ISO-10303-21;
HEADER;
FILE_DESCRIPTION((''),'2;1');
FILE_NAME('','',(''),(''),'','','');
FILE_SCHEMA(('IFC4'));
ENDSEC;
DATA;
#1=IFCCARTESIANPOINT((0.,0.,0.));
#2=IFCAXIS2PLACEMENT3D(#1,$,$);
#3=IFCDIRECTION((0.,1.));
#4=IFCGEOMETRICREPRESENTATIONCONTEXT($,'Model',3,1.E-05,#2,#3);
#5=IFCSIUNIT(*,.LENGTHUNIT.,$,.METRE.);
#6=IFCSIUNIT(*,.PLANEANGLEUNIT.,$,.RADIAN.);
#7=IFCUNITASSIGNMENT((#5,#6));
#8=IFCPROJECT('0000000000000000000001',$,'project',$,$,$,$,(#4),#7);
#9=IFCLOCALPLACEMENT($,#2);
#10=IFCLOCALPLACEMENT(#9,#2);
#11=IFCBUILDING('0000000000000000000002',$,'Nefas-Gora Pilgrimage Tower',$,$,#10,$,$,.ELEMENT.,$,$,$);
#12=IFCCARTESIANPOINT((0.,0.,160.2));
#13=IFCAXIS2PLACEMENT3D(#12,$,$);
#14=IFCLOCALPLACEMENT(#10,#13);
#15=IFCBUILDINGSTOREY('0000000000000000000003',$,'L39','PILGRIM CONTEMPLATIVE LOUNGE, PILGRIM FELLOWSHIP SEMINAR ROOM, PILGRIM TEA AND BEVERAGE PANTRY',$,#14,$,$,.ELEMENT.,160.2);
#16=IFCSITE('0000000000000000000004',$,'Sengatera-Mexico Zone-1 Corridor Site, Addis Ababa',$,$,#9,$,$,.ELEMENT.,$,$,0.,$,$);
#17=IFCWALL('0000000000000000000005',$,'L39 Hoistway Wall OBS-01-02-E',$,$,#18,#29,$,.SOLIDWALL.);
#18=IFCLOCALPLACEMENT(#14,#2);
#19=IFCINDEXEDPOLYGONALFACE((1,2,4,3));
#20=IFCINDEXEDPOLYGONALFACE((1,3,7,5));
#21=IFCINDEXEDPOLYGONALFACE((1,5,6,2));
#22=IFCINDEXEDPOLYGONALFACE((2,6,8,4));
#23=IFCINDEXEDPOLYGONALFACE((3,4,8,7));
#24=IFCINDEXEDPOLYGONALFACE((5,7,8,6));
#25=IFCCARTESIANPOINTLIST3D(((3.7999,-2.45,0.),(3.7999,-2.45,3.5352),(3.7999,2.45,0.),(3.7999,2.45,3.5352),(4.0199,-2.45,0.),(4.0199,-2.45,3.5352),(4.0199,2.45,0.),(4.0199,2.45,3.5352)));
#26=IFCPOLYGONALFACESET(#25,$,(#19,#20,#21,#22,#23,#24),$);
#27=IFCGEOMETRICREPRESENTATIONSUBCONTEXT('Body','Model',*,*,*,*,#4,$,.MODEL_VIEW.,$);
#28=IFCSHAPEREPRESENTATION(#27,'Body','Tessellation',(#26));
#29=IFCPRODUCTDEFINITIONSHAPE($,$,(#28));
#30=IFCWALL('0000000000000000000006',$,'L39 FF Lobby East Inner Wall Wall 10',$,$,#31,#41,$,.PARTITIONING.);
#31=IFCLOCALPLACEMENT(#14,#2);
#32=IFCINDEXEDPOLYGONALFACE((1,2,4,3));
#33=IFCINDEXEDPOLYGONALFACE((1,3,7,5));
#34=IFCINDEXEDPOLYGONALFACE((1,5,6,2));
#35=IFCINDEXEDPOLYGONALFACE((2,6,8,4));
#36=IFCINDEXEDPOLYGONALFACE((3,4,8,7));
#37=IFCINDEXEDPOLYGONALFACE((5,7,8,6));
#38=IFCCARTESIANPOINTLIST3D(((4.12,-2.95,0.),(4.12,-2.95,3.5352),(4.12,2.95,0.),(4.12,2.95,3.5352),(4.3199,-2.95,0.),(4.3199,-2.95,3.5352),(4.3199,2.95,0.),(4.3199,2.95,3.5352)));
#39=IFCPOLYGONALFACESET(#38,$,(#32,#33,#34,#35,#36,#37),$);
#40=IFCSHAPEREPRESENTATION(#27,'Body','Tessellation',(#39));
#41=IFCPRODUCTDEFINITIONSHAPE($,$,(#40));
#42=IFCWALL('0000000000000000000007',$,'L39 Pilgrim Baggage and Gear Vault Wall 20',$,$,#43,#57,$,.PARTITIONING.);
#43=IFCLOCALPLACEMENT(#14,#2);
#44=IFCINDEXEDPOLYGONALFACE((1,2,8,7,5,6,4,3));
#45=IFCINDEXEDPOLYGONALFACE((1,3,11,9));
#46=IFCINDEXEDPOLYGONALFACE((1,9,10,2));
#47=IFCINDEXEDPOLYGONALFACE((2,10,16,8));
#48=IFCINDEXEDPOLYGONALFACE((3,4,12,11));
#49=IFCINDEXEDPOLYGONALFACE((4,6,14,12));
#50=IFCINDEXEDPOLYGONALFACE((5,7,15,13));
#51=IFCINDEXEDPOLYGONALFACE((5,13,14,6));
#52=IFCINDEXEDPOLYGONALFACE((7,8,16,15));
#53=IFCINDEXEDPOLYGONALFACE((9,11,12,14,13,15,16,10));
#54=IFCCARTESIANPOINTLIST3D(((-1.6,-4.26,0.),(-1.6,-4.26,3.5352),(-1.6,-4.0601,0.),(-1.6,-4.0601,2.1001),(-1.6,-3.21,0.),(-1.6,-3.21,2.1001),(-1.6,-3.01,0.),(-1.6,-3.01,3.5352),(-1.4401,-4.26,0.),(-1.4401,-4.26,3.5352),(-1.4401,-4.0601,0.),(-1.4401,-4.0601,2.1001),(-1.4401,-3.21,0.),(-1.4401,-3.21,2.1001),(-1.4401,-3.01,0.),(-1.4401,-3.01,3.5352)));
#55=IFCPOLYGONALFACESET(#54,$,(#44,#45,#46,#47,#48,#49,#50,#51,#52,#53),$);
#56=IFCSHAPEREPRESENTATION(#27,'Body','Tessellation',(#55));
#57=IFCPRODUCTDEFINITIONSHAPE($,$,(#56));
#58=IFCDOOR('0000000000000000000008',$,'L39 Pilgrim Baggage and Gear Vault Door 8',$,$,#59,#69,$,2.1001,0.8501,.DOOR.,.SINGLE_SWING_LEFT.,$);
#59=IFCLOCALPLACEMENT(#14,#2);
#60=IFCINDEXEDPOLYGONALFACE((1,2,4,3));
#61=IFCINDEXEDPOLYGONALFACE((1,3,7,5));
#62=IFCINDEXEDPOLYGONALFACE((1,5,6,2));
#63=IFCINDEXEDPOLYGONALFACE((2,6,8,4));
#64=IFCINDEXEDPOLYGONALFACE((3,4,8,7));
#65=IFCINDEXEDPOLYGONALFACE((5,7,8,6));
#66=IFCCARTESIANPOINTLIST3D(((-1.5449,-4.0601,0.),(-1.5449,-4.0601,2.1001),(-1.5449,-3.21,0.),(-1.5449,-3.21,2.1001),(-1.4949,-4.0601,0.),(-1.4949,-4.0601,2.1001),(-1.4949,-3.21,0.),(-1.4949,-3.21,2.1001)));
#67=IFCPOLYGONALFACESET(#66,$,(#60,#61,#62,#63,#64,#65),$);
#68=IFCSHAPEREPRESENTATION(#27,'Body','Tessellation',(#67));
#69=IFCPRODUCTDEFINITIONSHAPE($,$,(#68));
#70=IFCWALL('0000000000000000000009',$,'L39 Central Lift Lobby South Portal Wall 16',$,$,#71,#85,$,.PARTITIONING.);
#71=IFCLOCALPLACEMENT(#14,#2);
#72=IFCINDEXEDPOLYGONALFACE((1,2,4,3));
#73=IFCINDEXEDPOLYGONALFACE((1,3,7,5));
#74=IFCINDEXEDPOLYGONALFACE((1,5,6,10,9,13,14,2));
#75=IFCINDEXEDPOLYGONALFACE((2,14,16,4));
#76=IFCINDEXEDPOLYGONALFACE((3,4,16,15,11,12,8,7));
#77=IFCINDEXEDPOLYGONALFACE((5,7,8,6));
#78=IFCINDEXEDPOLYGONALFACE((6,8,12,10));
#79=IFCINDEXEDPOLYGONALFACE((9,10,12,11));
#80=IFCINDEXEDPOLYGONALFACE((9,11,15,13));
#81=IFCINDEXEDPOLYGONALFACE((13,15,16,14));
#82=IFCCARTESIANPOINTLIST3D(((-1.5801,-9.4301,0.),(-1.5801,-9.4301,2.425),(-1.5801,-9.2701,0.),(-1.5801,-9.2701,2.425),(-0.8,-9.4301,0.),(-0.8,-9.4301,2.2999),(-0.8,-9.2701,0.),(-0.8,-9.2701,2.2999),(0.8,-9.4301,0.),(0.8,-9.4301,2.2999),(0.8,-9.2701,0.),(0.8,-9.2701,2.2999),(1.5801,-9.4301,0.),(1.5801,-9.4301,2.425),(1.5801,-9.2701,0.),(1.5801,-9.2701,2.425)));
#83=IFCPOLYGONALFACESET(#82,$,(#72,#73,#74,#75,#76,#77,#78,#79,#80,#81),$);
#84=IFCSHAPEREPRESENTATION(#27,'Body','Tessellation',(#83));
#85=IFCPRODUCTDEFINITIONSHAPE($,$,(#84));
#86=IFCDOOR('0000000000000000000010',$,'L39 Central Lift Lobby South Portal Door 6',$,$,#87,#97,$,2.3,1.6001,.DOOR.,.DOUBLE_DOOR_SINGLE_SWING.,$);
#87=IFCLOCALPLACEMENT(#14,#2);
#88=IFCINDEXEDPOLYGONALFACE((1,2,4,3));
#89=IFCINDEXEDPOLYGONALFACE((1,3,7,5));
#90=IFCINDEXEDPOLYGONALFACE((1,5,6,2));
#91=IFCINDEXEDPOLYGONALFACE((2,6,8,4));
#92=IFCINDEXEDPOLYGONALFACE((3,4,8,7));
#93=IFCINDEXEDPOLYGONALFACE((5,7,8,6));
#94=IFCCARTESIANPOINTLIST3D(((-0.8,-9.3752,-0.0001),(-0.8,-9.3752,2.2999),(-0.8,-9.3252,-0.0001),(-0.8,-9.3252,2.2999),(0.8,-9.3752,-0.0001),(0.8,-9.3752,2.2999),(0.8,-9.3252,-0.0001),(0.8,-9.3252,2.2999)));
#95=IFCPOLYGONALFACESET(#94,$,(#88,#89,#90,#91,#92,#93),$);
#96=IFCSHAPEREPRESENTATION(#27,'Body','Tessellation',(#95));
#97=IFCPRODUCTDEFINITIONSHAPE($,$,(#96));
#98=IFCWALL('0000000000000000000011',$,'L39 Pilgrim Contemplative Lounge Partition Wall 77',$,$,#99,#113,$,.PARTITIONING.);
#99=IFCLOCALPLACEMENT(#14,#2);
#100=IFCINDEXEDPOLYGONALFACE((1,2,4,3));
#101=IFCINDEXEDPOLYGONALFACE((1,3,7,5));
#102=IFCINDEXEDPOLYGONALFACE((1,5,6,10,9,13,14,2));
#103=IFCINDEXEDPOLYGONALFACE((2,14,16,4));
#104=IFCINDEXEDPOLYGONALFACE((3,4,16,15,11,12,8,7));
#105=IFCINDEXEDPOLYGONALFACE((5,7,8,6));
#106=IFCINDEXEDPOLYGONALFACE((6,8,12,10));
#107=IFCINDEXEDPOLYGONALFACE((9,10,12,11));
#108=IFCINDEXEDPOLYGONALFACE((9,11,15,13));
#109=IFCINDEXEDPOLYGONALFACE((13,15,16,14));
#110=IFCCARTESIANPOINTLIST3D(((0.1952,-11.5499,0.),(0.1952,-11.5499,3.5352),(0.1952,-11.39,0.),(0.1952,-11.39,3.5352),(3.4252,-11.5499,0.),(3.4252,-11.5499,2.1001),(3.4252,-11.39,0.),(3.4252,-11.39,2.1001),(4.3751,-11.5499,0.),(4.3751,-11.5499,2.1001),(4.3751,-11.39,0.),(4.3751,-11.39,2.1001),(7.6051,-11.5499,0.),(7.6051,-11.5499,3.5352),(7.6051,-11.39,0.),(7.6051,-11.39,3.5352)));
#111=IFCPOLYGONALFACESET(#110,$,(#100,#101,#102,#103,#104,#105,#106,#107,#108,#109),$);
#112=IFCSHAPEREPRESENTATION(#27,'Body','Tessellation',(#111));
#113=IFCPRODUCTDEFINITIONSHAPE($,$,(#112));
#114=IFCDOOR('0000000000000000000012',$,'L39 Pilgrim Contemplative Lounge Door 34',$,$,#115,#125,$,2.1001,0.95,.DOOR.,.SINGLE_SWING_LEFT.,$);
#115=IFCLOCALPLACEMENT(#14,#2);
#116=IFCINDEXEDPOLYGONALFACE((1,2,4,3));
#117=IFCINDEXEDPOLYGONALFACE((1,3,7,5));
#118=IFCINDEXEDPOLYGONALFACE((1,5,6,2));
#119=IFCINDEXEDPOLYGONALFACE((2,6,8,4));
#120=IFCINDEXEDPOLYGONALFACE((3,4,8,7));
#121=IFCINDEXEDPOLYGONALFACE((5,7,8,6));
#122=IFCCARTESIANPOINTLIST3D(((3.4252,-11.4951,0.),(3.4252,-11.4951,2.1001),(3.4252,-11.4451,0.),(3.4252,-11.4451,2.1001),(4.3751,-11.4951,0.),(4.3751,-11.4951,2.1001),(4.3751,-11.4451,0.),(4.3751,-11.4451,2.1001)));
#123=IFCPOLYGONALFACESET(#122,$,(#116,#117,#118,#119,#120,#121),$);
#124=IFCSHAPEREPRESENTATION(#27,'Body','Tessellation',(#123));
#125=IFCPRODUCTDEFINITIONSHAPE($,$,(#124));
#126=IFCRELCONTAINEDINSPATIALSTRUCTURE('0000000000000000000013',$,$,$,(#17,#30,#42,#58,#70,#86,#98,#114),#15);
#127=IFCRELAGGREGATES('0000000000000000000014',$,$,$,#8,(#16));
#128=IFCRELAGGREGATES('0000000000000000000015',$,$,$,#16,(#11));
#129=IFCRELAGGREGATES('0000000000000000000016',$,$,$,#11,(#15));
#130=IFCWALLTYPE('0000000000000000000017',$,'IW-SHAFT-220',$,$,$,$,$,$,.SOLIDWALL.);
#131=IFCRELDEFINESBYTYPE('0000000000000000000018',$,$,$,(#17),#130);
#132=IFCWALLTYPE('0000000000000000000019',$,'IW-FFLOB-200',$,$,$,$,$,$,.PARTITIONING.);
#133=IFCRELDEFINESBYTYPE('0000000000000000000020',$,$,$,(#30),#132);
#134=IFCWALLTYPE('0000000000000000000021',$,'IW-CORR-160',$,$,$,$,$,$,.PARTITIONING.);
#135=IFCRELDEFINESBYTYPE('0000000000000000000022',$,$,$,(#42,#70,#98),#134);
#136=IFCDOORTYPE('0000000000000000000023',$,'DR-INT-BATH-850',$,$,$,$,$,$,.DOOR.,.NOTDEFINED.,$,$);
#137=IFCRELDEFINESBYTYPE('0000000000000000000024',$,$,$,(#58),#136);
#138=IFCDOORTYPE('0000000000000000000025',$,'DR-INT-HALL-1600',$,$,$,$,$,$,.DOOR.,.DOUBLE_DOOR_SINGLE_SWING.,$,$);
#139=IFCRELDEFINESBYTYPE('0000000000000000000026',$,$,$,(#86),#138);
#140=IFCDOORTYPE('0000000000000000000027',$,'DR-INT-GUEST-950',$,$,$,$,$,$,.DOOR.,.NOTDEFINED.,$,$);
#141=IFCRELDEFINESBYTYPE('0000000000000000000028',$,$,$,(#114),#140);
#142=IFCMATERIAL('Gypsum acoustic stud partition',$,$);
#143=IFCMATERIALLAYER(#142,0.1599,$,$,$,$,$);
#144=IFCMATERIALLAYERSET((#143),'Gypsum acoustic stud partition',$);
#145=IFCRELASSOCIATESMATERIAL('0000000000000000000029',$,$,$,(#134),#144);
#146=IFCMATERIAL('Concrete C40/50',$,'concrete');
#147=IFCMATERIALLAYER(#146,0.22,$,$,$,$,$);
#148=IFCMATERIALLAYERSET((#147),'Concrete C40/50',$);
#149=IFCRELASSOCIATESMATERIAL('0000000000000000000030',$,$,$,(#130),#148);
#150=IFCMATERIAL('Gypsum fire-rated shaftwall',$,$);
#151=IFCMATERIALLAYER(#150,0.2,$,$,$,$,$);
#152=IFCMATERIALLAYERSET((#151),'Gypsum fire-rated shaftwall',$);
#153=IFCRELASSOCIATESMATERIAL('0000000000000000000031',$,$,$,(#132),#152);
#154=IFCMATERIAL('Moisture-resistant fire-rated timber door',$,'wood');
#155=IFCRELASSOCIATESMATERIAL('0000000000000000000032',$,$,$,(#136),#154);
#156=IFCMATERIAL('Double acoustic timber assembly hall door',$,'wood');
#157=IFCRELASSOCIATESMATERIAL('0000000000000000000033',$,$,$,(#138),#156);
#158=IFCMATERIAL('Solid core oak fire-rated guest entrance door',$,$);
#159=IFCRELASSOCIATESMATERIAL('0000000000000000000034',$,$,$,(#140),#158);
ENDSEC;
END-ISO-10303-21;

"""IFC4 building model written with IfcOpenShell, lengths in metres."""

from ifc_helpers import new_model, si_unit, direction, frame, frame_2d, origin, place, context, subcontext, project, spatial, rectangle, extrude, source, transform, mapped, material, layer, layer_set, type_object, element, fill, save


model = new_model("IFC4")

# Units and contexts
model_context = context("Model", 3, precision=1e-05, world=origin(), true_north=direction((0.0, 1.0)))
body_context = subcontext(model_context, "Body", "Model", "MODEL_VIEW")
ifc_project = project(units=[si_unit("LENGTHUNIT", "METRE"), si_unit("PLANEANGLEUNIT", "RADIAN")], contexts=[model_context])

# Site, building, storey
site_placement = place(None, origin())
site = spatial("IfcSite", under=ifc_project, at=site_placement, Name="Sengatera-Mexico Zone-1 Corridor Site, Addis Ababa", CompositionType="ELEMENT", RefElevation=0.0)
building_placement = place(site_placement, origin())
building = spatial("IfcBuilding", under=site, at=building_placement, Name="Nefas-Gora Pilgrimage Tower", CompositionType="ELEMENT")
storey_placement = place(building_placement, frame((0.0, 0.0, 160.2)))
storey = spatial("IfcBuildingStorey", under=building, at=storey_placement, Name="L39", Description="PILGRIM CONTEMPLATIVE LOUNGE, PILGRIM FELLOWSHIP SEMINAR ROOM, PILGRIM TEA AND BEVERAGE PANTRY", CompositionType="ELEMENT", Elevation=160.2)

# Shared definitions
ifc_material_1 = material(Name="Gypsum acoustic stud partition")
ifc_layer_1 = layer(ifc_material_1, 0.1599)
ifc_layer_set_1 = layer_set([ifc_layer_1], Name="Gypsum acoustic stud partition")
wall_type_1 = type_object("IfcWallType", Name="IW-CORR-160", PredefinedType="PARTITIONING", material=ifc_layer_set_1)
ifc_material_2 = material(Name="Concrete C40/50", Category="concrete")
ifc_layer_2 = layer(ifc_material_2, 0.22)
ifc_layer_set_2 = layer_set([ifc_layer_2], Name="Concrete C40/50")
wall_type_2 = type_object("IfcWallType", Name="IW-SHAFT-220", PredefinedType="SOLIDWALL", material=ifc_layer_set_2)

# Walls
shared_shape_1 = source(origin(), body_context, "Body", "SweptSolid", [
    extrude(rectangle(XDim=4.8999, YDim=0.22, at=frame_2d((2.45, 0.0))), origin(), (0.0, 0.0, 1.0), 3.5352),
])
wall_1_placement = place(storey_placement, frame((3.9099, -2.45, 0.0), z_axis=(0.0, 0.0, 1.0), x_axis=(0.0, 1.0, 0.0)))
element("IfcWall", 1, at=wall_1_placement, inside=storey, type_object=wall_type_2, Name="L39 Hoistway Wall OBS-01-02-E", PredefinedType="SOLIDWALL", context=body_context, shape_type="MappedRepresentation", body=[
    mapped(shared_shape_1, transform((0.0, 0.0, 0.0), x_axis=(1.0, 0.0, 0.0), y_axis=(0.0, 1.0, 0.0), z_axis=(0.0, 0.0, 1.0), scale=1.0)),
])
ifc_material_3 = material(Name="Gypsum fire-rated shaftwall")
ifc_layer_3 = layer(ifc_material_3, 0.2)
ifc_layer_set_3 = layer_set([ifc_layer_3], Name="Gypsum fire-rated shaftwall")
wall_type_3 = type_object("IfcWallType", Name="IW-FFLOB-200", PredefinedType="PARTITIONING", material=ifc_layer_set_3)
shared_shape_2 = source(origin(), body_context, "Body", "SweptSolid", [
    extrude(rectangle(XDim=5.8999, YDim=0.2, at=frame_2d((2.95, 0.0))), origin(), (0.0, 0.0, 1.0), 3.5352),
])
wall_2_placement = place(storey_placement, frame((4.22, -2.95, 0.0), z_axis=(0.0, 0.0, 1.0), x_axis=(0.0, 1.0, 0.0)))
element("IfcWall", 2, at=wall_2_placement, inside=storey, type_object=wall_type_3, Name="L39 FF Lobby East Inner Wall Wall 10", PredefinedType="PARTITIONING", context=body_context, shape_type="MappedRepresentation", body=[
    mapped(shared_shape_2, transform((0.0, 0.0, 0.0), x_axis=(1.0, 0.0, 0.0), y_axis=(0.0, 1.0, 0.0), z_axis=(0.0, 0.0, 1.0), scale=1.0)),
])

# Walls, openings, doors
shared_shape_3 = source(origin(), body_context, "Body", "SweptSolid", [
    extrude(rectangle(XDim=1.25, YDim=0.1599, at=frame_2d((0.625, 0.0))), origin(), (0.0, 0.0, 1.0), 3.5352),
])
wall_3_placement = place(storey_placement, frame((-1.52, -4.26, 0.0), z_axis=(0.0, 0.0, 1.0), x_axis=(0.0, 1.0, 0.0)))
wall_3 = element("IfcWall", 3, at=wall_3_placement, inside=storey, type_object=wall_type_1, Name="L39 Pilgrim Baggage and Gear Vault Wall 20", PredefinedType="PARTITIONING", context=body_context, shape_type="MappedRepresentation", body=[
    mapped(shared_shape_3, transform((0.0, 0.0, 0.0), x_axis=(1.0, 0.0, 0.0), y_axis=(0.0, 1.0, 0.0), z_axis=(0.0, 0.0, 1.0), scale=1.0)),
])
opening_1_placement = place(wall_3_placement, frame((0.2, 0.0, 0.0)))
opening_1 = element("IfcOpeningElement", 4, at=opening_1_placement, cuts=wall_3, PredefinedType="OPENING", context=body_context, shape_type="SweptSolid", body=[
    extrude(rectangle(XDim=0.8501, YDim=2.1001, at=frame_2d((0.425, 1.05))), frame((0.0, 0.0898, 0.0), z_axis=(0.0, -1.0, 0.0), x_axis=(1.0, 0.0, 0.0)), (0.0, 0.0, 1.0), 0.1799),
])
ifc_material_4 = material(Name="Moisture-resistant fire-rated timber door", Category="wood")
door_type_1 = type_object("IfcDoorType", Name="DR-INT-BATH-850", OperationType="NOTDEFINED", PredefinedType="DOOR", material=ifc_material_4)
shared_shape_4 = source(origin(), body_context, "Body", "SweptSolid", [
    extrude(rectangle(XDim=0.8501, YDim=2.1001, at=frame_2d((0.425, 1.05))), frame((0.0, 0.0249, 0.0), z_axis=(0.0, -1.0, 0.0), x_axis=(1.0, 0.0, 0.0)), (0.0, 0.0, 1.0), 0.05),
])
door_1_placement = place(opening_1_placement, origin())
door_1 = element("IfcDoor", 5, at=door_1_placement, inside=storey, type_object=door_type_1, Name="L39 Pilgrim Baggage and Gear Vault Door 8", OperationType="SINGLE_SWING_LEFT", OverallHeight=2.1001, OverallWidth=0.8501, PredefinedType="DOOR", context=body_context, shape_type="MappedRepresentation", body=[
    mapped(shared_shape_4, transform((0.0, 0.0, 0.0), x_axis=(1.0, 0.0, 0.0), y_axis=(0.0, 1.0, 0.0), z_axis=(0.0, 0.0, 1.0), scale=1.0)),
])
fill(opening_1, door_1)
shared_shape_5 = source(origin(), body_context, "Body", "SweptSolid", [
    extrude(rectangle(XDim=3.1602, YDim=0.1599, at=frame_2d((1.5801, 0.0))), origin(), (0.0, 0.0, 1.0), 2.425),
])
wall_4_placement = place(storey_placement, frame((-1.5801, -9.3501, 0.0), z_axis=(0.0, 0.0, 1.0), x_axis=(1.0, 0.0, 0.0)))
wall_4 = element("IfcWall", 6, at=wall_4_placement, inside=storey, type_object=wall_type_1, Name="L39 Central Lift Lobby South Portal Wall 16", PredefinedType="PARTITIONING", context=body_context, shape_type="MappedRepresentation", body=[
    mapped(shared_shape_5, transform((0.0, 0.0, 0.0), x_axis=(1.0, 0.0, 0.0), y_axis=(0.0, 1.0, 0.0), z_axis=(0.0, 0.0, 1.0), scale=1.0)),
])
opening_2_placement = place(wall_4_placement, frame((0.78, 0.0, 0.0)))
opening_2 = element("IfcOpeningElement", 7, at=opening_2_placement, cuts=wall_4, PredefinedType="OPENING", context=body_context, shape_type="SweptSolid", body=[
    extrude(rectangle(XDim=1.6001, YDim=2.3, at=frame_2d((0.8, 1.1499))), frame((0.0, 0.0898, 0.0), z_axis=(0.0, -1.0, 0.0), x_axis=(1.0, 0.0, 0.0)), (0.0, 0.0, 1.0), 0.1799),
])
ifc_material_5 = material(Name="Double acoustic timber assembly hall door", Category="wood")
door_type_2 = type_object("IfcDoorType", Name="DR-INT-HALL-1600", OperationType="DOUBLE_DOOR_SINGLE_SWING", PredefinedType="DOOR", material=ifc_material_5)
shared_shape_6 = source(origin(), body_context, "Body", "SweptSolid", [
    extrude(rectangle(XDim=1.6001, YDim=2.3, at=frame_2d((0.8, 1.1499))), frame((0.0, 0.0249, 0.0), z_axis=(0.0, -1.0, 0.0), x_axis=(1.0, 0.0, 0.0)), (0.0, 0.0, 1.0), 0.05),
])
door_2_placement = place(opening_2_placement, origin())
door_2 = element("IfcDoor", 8, at=door_2_placement, inside=storey, type_object=door_type_2, Name="L39 Central Lift Lobby South Portal Door 6", OperationType="DOUBLE_DOOR_SINGLE_SWING", OverallHeight=2.3, OverallWidth=1.6001, PredefinedType="DOOR", context=body_context, shape_type="MappedRepresentation", body=[
    mapped(shared_shape_6, transform((0.0, 0.0, 0.0), x_axis=(1.0, 0.0, 0.0), y_axis=(0.0, 1.0, 0.0), z_axis=(0.0, 0.0, 1.0), scale=1.0)),
])
fill(opening_2, door_2)
shared_shape_7 = source(origin(), body_context, "Body", "SweptSolid", [
    extrude(rectangle(XDim=7.4099, YDim=0.1599, at=frame_2d((3.7051, 0.0))), origin(), (0.0, 0.0, 1.0), 3.5352),
])
wall_5_placement = place(storey_placement, frame((0.1951, -11.47, 0.0), z_axis=(0.0, 0.0, 1.0), x_axis=(1.0, 0.0, 0.0)))
wall_5 = element("IfcWall", 9, at=wall_5_placement, inside=storey, type_object=wall_type_1, Name="L39 Pilgrim Contemplative Lounge Partition Wall 77", PredefinedType="PARTITIONING", context=body_context, shape_type="MappedRepresentation", body=[
    mapped(shared_shape_7, transform((0.0, 0.0, 0.0), x_axis=(1.0, 0.0, 0.0), y_axis=(0.0, 1.0, 0.0), z_axis=(0.0, 0.0, 1.0), scale=1.0)),
])
opening_3_placement = place(wall_5_placement, frame((3.23, 0.0, 0.0)))
opening_3 = element("IfcOpeningElement", 10, at=opening_3_placement, cuts=wall_5, PredefinedType="OPENING", context=body_context, shape_type="SweptSolid", body=[
    extrude(rectangle(XDim=0.95, YDim=2.1001, at=frame_2d((0.4751, 1.05))), frame((0.0, 0.0898, 0.0), z_axis=(0.0, -1.0, 0.0), x_axis=(1.0, 0.0, 0.0)), (0.0, 0.0, 1.0), 0.1799),
])
ifc_material_6 = material(Name="Solid core oak fire-rated guest entrance door")
door_type_3 = type_object("IfcDoorType", Name="DR-INT-GUEST-950", OperationType="NOTDEFINED", PredefinedType="DOOR", material=ifc_material_6)
shared_shape_8 = source(origin(), body_context, "Body", "SweptSolid", [
    extrude(rectangle(XDim=0.95, YDim=2.1001, at=frame_2d((0.4751, 1.05))), frame((0.0, 0.0249, 0.0), z_axis=(0.0, -1.0, 0.0), x_axis=(1.0, 0.0, 0.0)), (0.0, 0.0, 1.0), 0.05),
])
door_3_placement = place(opening_3_placement, origin())
door_3 = element("IfcDoor", 11, at=door_3_placement, inside=storey, type_object=door_type_3, Name="L39 Pilgrim Contemplative Lounge Door 34", OperationType="SINGLE_SWING_LEFT", OverallHeight=2.1001, OverallWidth=0.95, PredefinedType="DOOR", context=body_context, shape_type="MappedRepresentation", body=[
    mapped(shared_shape_8, transform((0.0, 0.0, 0.0), x_axis=(1.0, 0.0, 0.0), y_axis=(0.0, 1.0, 0.0), z_axis=(0.0, 0.0, 1.0), scale=1.0)),
])
fill(opening_3, door_3)

save(model, "model.ifc")
